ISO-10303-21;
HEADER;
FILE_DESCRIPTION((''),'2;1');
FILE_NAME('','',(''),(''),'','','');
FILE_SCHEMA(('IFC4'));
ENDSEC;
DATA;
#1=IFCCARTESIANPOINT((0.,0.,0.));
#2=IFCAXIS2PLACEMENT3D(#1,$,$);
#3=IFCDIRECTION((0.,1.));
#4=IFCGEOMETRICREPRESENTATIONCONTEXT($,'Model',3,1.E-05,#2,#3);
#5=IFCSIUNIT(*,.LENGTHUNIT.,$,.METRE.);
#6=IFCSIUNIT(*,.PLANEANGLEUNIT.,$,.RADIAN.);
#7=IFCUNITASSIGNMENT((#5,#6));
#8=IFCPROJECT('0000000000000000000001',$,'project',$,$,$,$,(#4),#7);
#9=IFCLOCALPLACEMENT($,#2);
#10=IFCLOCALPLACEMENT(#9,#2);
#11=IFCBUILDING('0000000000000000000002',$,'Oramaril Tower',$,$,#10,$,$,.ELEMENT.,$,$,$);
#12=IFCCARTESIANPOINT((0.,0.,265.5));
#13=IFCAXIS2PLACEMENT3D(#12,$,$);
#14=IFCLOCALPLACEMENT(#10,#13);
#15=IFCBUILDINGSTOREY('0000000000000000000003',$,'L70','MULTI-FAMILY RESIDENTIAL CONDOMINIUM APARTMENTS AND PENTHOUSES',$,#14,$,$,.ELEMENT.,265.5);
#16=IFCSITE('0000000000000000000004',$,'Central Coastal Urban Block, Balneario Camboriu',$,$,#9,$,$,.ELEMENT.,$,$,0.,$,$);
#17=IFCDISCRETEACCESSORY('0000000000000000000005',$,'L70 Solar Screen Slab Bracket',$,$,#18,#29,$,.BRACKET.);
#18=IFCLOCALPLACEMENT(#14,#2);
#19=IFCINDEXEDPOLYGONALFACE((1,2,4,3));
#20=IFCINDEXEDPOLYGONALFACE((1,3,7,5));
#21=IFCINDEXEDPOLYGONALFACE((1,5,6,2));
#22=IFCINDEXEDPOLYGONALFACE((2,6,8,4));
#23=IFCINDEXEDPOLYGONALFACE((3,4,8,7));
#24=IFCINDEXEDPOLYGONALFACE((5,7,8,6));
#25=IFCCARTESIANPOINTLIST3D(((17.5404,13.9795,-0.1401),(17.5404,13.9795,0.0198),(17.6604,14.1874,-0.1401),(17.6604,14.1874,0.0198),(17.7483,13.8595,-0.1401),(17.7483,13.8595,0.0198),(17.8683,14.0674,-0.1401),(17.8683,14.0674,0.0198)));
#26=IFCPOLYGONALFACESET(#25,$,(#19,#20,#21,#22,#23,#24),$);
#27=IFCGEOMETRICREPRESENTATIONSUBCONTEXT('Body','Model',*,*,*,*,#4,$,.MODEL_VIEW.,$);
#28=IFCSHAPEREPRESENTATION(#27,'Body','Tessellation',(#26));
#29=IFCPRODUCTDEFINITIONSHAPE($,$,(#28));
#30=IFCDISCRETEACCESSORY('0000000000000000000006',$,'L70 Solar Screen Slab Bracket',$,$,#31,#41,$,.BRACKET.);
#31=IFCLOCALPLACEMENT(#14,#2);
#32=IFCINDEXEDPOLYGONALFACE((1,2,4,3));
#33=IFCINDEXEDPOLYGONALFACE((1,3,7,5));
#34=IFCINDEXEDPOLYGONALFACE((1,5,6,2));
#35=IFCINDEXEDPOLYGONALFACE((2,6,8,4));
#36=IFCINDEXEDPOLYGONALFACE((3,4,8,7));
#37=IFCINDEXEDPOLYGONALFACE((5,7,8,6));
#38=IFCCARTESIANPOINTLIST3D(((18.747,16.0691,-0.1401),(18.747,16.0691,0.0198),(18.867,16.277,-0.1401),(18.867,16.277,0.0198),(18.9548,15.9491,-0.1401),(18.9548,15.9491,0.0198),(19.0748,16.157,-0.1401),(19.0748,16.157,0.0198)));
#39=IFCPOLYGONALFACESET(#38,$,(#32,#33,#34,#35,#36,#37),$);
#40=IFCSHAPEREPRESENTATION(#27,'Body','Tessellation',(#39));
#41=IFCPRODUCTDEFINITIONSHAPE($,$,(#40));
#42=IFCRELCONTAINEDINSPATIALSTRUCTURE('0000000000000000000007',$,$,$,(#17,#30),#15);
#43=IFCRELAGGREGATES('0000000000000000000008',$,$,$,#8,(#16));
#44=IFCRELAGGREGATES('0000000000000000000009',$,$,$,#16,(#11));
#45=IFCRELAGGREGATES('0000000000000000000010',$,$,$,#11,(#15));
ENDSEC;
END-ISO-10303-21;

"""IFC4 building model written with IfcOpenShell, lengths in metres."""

from ifc_helpers import new_model, si_unit, direction, frame, origin, origin_2d, place, context, subcontext, project, spatial, rectangle, extrude, element, save


model = new_model("IFC4")

# Units and contexts
model_context = context("Model", 3, precision=1e-05, world=origin(), true_north=direction((0.0, 1.0)))
body_context = subcontext(model_context, "Body", "Model", "MODEL_VIEW")
ifc_project = project(units=[si_unit("LENGTHUNIT", "METRE"), si_unit("PLANEANGLEUNIT", "RADIAN")], contexts=[model_context])

# Site, building, storey
site_placement = place(None, origin())
site = spatial("IfcSite", under=ifc_project, at=site_placement, Name="Central Coastal Urban Block, Balneario Camboriu", CompositionType="ELEMENT", RefElevation=0.0)
building_placement = place(site_placement, origin())
building = spatial("IfcBuilding", under=site, at=building_placement, Name="Oramaril Tower", CompositionType="ELEMENT")
storey_placement = place(building_placement, frame((0.0, 0.0, 265.5)))
storey = spatial("IfcBuildingStorey", under=building, at=storey_placement, Name="L70", Description="MULTI-FAMILY RESIDENTIAL CONDOMINIUM APARTMENTS AND PENTHOUSES", CompositionType="ELEMENT", Elevation=265.5)

# Discrete accessories
for number, where, z_axis, x_axis, name in (
    (1, (17.7043, 14.0234, -0.1401), (0.0, 0.0, 1.0), (-0.499998, -0.866026, 0.0), "L70 Solar Screen Slab Bracket"),
    (2, (18.9109, 16.113, -0.1401), (0.0, 0.0, 1.0), (-0.499998, -0.866026, 0.0), "L70 Solar Screen Slab Bracket"),
):
    element("IfcDiscreteAccessory", number, at=place(storey_placement, frame(where, z_axis=z_axis, x_axis=x_axis)), inside=storey, Name=name, PredefinedType="BRACKET", context=body_context, shape_type="SweptSolid", body=[
        extrude(rectangle(XDim=0.24, YDim=0.24, at=origin_2d()), origin(), (0.0, 0.0, 1.0), 0.1599),
    ])

save(model, "model.ifc")
